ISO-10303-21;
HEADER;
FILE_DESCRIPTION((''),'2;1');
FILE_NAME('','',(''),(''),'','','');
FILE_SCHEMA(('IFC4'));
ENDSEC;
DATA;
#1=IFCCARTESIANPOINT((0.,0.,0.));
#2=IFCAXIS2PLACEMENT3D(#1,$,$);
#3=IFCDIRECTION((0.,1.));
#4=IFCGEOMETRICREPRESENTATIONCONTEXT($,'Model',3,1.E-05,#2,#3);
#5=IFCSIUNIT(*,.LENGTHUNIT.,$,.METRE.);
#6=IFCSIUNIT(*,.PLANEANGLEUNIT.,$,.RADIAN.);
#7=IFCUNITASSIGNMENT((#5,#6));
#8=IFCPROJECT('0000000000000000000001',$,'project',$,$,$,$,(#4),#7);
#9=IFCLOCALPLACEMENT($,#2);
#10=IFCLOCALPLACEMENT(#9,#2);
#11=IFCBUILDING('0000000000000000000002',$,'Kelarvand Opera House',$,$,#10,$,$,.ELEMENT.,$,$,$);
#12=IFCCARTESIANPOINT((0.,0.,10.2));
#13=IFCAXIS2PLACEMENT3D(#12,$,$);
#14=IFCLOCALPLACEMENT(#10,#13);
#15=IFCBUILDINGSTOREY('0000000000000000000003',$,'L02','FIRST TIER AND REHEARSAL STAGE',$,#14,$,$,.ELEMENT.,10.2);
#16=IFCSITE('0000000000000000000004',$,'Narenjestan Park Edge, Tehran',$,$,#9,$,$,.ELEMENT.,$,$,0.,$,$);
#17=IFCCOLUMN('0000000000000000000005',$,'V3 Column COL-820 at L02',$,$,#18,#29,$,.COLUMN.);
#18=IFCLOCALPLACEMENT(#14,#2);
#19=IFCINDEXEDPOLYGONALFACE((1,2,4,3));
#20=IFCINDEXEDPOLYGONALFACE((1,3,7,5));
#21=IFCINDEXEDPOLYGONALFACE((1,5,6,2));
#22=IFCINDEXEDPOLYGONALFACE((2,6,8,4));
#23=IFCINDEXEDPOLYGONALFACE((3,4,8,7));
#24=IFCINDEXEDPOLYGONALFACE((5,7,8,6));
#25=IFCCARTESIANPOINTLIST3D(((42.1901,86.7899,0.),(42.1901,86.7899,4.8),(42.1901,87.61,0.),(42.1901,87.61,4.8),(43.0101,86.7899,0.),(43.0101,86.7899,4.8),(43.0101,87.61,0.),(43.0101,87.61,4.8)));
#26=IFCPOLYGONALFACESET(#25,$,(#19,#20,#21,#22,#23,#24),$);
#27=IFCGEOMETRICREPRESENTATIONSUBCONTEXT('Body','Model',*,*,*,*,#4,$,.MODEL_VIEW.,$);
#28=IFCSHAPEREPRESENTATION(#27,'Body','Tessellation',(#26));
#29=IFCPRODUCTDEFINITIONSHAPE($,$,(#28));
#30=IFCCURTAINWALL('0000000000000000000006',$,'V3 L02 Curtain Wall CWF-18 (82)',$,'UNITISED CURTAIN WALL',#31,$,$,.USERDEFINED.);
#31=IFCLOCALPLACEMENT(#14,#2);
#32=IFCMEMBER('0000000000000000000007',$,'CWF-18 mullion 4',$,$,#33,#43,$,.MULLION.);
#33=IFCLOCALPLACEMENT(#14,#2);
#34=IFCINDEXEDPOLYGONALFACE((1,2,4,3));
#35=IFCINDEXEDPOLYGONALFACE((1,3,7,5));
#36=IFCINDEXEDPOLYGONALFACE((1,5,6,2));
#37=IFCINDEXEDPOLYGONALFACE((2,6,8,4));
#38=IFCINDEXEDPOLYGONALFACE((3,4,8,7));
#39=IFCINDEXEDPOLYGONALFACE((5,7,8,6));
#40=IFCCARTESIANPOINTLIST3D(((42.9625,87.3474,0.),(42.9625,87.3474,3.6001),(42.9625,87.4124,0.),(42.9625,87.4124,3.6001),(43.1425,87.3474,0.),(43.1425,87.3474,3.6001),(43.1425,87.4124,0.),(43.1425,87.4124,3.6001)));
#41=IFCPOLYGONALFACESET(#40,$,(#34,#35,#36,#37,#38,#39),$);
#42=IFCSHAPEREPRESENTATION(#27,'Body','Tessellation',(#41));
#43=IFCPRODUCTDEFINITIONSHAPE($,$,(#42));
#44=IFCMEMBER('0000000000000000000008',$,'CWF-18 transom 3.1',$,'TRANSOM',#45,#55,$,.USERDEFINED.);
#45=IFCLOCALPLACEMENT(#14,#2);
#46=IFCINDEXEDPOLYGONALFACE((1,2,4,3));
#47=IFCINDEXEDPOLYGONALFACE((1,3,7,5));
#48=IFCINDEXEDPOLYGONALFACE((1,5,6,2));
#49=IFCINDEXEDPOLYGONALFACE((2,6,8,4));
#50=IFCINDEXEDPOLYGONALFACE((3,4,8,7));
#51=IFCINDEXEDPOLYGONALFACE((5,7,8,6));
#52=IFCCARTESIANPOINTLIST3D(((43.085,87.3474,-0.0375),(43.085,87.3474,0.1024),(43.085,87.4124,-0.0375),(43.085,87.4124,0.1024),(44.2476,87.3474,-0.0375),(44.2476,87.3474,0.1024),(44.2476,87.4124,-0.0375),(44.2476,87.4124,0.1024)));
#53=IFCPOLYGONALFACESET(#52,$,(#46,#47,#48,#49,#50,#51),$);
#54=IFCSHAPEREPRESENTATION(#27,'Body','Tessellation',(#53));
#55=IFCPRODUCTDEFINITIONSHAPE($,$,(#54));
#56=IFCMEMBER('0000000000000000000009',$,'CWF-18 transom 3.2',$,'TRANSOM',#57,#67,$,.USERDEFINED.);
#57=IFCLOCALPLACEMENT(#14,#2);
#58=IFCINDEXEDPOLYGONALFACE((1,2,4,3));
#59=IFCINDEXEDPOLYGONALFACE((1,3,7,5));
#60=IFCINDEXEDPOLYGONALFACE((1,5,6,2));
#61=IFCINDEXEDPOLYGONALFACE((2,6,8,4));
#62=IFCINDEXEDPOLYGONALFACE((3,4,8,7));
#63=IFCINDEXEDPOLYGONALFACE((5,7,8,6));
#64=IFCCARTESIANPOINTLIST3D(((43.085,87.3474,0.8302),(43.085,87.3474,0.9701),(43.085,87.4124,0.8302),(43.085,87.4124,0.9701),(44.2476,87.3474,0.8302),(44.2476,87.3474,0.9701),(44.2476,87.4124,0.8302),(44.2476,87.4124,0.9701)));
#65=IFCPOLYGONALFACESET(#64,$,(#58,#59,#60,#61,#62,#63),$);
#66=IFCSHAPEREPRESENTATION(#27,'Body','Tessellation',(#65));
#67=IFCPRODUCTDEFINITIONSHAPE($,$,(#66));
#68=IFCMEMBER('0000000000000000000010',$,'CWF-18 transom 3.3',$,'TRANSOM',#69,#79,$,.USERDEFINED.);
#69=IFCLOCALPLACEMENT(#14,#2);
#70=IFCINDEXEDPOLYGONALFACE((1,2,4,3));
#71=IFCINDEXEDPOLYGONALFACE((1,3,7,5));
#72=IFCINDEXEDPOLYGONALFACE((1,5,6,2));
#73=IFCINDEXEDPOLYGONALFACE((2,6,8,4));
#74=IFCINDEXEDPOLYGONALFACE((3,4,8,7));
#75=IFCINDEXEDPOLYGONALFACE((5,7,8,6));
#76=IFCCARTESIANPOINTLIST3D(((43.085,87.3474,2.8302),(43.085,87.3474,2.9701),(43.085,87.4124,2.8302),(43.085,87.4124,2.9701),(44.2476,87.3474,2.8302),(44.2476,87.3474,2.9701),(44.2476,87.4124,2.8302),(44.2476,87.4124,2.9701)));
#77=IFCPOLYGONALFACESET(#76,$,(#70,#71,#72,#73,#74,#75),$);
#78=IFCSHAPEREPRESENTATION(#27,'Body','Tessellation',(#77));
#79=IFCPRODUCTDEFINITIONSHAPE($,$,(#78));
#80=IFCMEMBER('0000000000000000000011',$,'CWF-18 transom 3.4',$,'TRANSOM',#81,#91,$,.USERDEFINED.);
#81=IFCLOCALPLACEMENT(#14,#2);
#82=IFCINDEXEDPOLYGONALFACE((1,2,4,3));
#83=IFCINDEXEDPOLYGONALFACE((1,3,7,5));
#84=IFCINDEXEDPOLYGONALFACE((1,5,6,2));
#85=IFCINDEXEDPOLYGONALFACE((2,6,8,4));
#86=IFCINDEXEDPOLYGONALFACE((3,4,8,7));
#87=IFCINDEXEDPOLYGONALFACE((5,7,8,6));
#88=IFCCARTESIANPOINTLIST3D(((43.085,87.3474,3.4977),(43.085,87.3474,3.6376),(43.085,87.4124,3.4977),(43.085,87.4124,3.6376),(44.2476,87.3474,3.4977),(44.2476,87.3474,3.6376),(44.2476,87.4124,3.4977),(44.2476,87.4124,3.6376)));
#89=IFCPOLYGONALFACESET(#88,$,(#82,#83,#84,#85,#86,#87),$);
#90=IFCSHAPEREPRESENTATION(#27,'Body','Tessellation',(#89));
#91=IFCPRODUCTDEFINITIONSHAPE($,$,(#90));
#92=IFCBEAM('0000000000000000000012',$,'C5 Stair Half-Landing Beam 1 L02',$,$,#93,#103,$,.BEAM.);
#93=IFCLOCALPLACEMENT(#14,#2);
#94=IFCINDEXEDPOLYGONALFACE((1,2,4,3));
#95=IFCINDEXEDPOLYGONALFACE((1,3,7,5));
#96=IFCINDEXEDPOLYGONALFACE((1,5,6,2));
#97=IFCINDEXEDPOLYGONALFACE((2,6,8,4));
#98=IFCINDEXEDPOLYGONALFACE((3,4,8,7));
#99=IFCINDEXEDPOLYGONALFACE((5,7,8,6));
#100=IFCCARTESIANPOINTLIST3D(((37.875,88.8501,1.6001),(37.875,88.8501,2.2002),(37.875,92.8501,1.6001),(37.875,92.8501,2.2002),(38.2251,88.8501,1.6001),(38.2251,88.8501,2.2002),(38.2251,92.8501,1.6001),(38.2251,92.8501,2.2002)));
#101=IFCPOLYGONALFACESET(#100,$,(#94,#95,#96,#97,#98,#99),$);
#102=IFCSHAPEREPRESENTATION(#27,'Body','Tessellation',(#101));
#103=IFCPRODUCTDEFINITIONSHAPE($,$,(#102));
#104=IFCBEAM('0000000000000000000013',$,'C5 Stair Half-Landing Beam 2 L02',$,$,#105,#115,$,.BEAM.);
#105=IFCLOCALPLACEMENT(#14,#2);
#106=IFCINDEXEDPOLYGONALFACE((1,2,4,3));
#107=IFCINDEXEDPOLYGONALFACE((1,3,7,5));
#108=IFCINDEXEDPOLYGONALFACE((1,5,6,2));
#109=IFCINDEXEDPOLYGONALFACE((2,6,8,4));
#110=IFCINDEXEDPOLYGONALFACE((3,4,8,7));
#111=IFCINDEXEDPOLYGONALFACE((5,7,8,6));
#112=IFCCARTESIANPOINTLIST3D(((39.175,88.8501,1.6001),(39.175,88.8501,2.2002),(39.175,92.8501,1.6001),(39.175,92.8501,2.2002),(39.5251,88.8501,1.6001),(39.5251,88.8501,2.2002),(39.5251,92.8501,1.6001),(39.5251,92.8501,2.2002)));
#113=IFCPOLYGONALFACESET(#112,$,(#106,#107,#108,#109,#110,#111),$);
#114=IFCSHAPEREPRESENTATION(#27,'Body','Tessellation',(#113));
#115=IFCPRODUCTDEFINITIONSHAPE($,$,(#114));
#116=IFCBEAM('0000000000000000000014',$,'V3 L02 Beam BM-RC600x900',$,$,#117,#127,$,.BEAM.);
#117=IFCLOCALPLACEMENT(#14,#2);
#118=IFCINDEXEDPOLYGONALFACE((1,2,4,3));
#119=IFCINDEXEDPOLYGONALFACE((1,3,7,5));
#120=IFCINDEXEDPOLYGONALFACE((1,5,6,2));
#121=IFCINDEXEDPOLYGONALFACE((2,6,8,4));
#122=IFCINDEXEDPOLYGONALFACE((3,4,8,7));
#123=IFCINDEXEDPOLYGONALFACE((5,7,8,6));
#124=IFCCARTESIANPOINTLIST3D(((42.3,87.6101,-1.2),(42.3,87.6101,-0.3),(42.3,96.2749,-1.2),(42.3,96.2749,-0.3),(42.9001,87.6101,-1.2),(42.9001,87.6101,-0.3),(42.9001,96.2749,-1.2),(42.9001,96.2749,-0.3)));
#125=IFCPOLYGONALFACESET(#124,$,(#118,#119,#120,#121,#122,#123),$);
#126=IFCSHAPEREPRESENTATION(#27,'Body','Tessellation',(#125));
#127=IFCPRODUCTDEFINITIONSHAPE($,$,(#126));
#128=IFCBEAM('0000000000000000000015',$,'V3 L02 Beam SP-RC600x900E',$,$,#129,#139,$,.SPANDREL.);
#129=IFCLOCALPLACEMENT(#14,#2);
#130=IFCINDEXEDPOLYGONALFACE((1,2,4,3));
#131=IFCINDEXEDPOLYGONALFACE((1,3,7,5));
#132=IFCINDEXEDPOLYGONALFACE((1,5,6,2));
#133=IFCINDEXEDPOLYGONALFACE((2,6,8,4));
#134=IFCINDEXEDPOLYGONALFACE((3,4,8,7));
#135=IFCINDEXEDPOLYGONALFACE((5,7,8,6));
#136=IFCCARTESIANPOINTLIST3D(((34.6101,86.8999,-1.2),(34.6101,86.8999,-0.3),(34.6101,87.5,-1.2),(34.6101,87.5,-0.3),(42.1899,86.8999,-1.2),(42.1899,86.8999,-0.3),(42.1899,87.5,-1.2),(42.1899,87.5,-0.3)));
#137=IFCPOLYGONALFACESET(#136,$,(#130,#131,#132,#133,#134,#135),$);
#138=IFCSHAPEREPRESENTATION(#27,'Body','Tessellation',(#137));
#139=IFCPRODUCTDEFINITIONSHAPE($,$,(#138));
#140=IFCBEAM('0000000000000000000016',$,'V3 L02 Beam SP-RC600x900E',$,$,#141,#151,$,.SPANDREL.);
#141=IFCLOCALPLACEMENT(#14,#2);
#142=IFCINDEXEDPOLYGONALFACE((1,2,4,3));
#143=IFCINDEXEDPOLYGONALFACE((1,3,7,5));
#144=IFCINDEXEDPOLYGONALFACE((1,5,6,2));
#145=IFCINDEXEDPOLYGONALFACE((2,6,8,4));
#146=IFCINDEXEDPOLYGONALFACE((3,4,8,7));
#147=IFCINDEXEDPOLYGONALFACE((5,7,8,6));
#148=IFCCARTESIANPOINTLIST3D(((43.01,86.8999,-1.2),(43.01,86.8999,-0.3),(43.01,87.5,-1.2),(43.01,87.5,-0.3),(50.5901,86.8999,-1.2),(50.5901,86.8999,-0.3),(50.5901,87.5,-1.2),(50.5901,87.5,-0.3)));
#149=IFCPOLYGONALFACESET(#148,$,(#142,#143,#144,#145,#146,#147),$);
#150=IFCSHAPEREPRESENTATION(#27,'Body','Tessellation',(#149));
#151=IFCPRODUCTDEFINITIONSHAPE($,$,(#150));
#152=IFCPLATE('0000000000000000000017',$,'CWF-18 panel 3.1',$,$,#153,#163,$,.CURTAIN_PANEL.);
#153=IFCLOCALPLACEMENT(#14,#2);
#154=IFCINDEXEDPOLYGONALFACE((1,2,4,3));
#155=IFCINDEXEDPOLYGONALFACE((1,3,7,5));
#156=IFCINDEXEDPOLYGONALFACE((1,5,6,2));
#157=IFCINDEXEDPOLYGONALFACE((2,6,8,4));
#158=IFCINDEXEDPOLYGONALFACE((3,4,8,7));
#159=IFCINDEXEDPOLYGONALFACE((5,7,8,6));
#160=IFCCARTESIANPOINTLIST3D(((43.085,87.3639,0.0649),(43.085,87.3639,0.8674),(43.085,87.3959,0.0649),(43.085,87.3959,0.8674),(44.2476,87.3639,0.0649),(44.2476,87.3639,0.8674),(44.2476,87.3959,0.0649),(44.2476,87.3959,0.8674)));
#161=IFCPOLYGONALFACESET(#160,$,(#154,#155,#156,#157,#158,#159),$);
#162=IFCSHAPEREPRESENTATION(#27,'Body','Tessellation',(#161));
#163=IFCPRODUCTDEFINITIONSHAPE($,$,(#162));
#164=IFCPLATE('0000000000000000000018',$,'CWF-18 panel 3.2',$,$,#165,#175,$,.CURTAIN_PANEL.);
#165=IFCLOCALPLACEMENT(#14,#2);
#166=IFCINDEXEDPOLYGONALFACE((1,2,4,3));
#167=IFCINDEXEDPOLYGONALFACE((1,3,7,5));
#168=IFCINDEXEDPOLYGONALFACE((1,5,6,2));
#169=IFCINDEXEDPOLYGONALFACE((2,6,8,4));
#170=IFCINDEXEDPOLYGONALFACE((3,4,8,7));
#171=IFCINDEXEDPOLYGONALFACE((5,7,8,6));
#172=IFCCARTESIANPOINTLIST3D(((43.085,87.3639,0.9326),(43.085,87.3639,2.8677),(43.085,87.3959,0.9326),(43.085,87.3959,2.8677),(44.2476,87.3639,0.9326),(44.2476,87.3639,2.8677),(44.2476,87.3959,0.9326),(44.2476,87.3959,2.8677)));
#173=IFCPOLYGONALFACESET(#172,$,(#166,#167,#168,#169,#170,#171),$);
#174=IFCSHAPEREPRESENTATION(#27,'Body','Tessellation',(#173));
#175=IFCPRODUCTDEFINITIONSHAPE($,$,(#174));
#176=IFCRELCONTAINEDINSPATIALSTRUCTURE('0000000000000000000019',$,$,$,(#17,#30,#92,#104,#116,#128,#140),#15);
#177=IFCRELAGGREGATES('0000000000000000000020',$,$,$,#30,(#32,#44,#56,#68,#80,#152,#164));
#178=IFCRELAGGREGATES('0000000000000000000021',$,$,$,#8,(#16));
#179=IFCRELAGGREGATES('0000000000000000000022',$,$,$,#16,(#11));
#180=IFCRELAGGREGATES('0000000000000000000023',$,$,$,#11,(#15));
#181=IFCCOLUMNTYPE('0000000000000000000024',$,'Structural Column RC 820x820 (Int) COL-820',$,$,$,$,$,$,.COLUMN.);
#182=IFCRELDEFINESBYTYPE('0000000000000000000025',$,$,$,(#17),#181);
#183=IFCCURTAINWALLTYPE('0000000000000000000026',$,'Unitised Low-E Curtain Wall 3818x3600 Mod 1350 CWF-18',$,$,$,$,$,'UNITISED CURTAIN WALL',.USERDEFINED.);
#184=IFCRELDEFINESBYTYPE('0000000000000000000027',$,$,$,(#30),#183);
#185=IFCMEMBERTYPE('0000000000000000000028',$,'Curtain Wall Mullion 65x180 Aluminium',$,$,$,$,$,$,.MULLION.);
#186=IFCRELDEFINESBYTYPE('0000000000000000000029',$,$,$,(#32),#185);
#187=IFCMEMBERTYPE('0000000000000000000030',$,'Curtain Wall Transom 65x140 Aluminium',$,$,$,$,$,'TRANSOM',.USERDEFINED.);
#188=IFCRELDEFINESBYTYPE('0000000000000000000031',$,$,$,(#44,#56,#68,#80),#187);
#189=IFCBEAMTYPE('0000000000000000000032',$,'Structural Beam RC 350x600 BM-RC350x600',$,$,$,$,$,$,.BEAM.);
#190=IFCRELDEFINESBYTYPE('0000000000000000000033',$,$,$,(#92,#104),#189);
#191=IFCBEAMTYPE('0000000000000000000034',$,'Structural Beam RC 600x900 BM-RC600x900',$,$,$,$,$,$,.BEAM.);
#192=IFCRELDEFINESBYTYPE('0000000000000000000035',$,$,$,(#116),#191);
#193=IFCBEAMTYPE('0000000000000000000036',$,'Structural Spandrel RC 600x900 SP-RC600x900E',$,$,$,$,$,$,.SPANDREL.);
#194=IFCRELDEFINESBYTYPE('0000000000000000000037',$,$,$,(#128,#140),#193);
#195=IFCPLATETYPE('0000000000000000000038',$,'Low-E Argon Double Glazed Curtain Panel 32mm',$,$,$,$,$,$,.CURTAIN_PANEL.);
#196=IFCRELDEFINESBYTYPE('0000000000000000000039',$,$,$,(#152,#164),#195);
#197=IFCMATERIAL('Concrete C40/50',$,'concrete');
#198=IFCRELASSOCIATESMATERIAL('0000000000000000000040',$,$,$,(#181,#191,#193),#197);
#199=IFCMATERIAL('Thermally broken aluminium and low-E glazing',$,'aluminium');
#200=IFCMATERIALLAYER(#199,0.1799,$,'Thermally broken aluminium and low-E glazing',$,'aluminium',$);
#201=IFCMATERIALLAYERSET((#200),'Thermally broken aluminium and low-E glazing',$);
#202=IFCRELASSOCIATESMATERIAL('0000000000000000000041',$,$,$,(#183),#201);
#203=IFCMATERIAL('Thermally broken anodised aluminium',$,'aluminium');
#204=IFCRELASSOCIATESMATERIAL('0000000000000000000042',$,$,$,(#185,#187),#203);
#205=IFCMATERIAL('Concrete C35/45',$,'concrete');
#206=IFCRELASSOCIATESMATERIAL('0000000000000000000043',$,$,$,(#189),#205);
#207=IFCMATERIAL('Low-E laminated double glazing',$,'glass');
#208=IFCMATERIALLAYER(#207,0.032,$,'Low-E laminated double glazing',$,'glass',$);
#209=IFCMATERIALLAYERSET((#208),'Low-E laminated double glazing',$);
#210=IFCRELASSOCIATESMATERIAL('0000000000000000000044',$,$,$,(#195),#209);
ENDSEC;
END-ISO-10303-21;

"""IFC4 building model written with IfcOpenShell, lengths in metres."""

from ifc_helpers import new_model, si_unit, direction, frame, origin, origin_2d, place, context, subcontext, project, spatial, rectangle, extrude, material, layer, layer_set, material_profile, profile_set, type_object, element, aggregate, save


model = new_model("IFC4")

# Units and contexts
model_context = context("Model", 3, precision=1e-05, world=origin(), true_north=direction((0.0, 1.0)))
body_context = subcontext(model_context, "Body", "Model", "MODEL_VIEW")
ifc_project = project(units=[si_unit("LENGTHUNIT", "METRE"), si_unit("PLANEANGLEUNIT", "RADIAN")], contexts=[model_context])

# Site, building, storey
site_placement = place(None, origin())
site = spatial("IfcSite", under=ifc_project, at=site_placement, Name="Narenjestan Park Edge, Tehran", CompositionType="ELEMENT", RefElevation=0.0)
building_placement = place(site_placement, origin())
building = spatial("IfcBuilding", under=site, at=building_placement, Name="Kelarvand Opera House", CompositionType="ELEMENT")
storey_placement = place(building_placement, frame((0.0, 0.0, 10.2)))
storey = spatial("IfcBuildingStorey", under=building, at=storey_placement, Name="L02", Description="FIRST TIER AND REHEARSAL STAGE", CompositionType="ELEMENT", Elevation=10.2)

# Column
ifc_material_1 = material(Name="Concrete C40/50", Category="concrete")
ifc_material_profile_1 = material_profile(ifc_material_1, rectangle(XDim=0.8201, YDim=0.8201, at=origin_2d()), Name="RC 820x820", Category="concrete")
ifc_profile_set_1 = profile_set([ifc_material_profile_1], Name="Concrete C40/50")
column_type = type_object("IfcColumnType", Name="Structural Column RC 820x820 (Int) COL-820", PredefinedType="COLUMN", material=ifc_profile_set_1)
column_placement = place(storey_placement, frame((42.6001, 87.2, 0.0), z_axis=(0.0, 0.0, 1.0), x_axis=(1.0, 0.0, 0.0)))
element("IfcColumn", 1, at=column_placement, inside=storey, type_object=column_type, Name="V3 Column COL-820 at L02", PredefinedType="COLUMN", context=body_context, shape_type="SweptSolid", body=[
    extrude(rectangle(XDim=0.8201, YDim=0.8201, at=origin_2d()), origin(), (0.0, 0.0, 1.0), 4.8),
])

# Curtain wall, members
ifc_material_2 = material(Name="Thermally broken aluminium and low-E glazing", Category="aluminium")
ifc_layer_1 = layer(ifc_material_2, 0.1799, Name="Thermally broken aluminium and low-E glazing", Category="aluminium")
ifc_layer_set_1 = layer_set([ifc_layer_1], Name="Thermally broken aluminium and low-E glazing")
curtain_wall_type = type_object("IfcCurtainWallType", Name="Unitised Low-E Curtain Wall 3818x3600 Mod 1350 CWF-18", ElementType="UNITISED CURTAIN WALL", PredefinedType="USERDEFINED", material=ifc_layer_set_1)
curtain_wall_placement = place(storey_placement, origin())
curtain_wall = element("IfcCurtainWall", 2, at=curtain_wall_placement, inside=storey, type_object=curtain_wall_type, Name="V3 L02 Curtain Wall CWF-18 (82)", ObjectType="UNITISED CURTAIN WALL", PredefinedType="USERDEFINED")
ifc_material_3 = material(Name="Thermally broken anodised aluminium", Category="aluminium")
ifc_material_profile_2 = material_profile(ifc_material_3, rectangle(XDim=0.0649, YDim=0.1799, at=origin_2d()), Name="ALU MULLION 65x180", Category="aluminium")
ifc_profile_set_2 = profile_set([ifc_material_profile_2], Name="Thermally broken anodised aluminium")
member_type_1 = type_object("IfcMemberType", Name="Curtain Wall Mullion 65x180 Aluminium", PredefinedType="MULLION", material=ifc_profile_set_2)
member_1_placement = place(storey_placement, frame((43.0525, 87.3799, 0.0), z_axis=(0.0, 0.0, 1.0), x_axis=(0.0, -1.0, 0.0)))
member_1 = element("IfcMember", 3, at=member_1_placement, type_object=member_type_1, Name="CWF-18 mullion 4", PredefinedType="MULLION", context=body_context, shape_type="SweptSolid", body=[
    extrude(rectangle(XDim=0.0649, YDim=0.1799, at=origin_2d()), origin(), (0.0, 0.0, 1.0), 3.6001),
])
ifc_material_profile_3 = material_profile(ifc_material_3, rectangle(XDim=0.0649, YDim=0.1399, at=origin_2d()), Name="ALU TRANSOM 65x140", Category="aluminium")
ifc_profile_set_3 = profile_set([ifc_material_profile_3], Name="Thermally broken anodised aluminium")
member_type_2 = type_object("IfcMemberType", Name="Curtain Wall Transom 65x140 Aluminium", ElementType="TRANSOM", PredefinedType="USERDEFINED", material=ifc_profile_set_3)
member_2_placement = place(storey_placement, frame((44.2476, 87.3799, 0.0325), z_axis=(-1.0, 0.0, 0.0), x_axis=(0.0, -1.0, 0.0)))
member_2 = element("IfcMember", 4, at=member_2_placement, type_object=member_type_2, Name="CWF-18 transom 3.1", ObjectType="TRANSOM", PredefinedType="USERDEFINED", context=body_context, shape_type="SweptSolid", body=[
    extrude(rectangle(XDim=0.0649, YDim=0.1399, at=origin_2d()), origin(), (0.0, 0.0, 1.0), 1.1626),
])
member_3_placement = place(storey_placement, frame((44.2476, 87.3799, 0.9001), z_axis=(-1.0, 0.0, 0.0), x_axis=(0.0, -1.0, 0.0)))
member_3 = element("IfcMember", 5, at=member_3_placement, type_object=member_type_2, Name="CWF-18 transom 3.2", ObjectType="TRANSOM", PredefinedType="USERDEFINED", context=body_context, shape_type="SweptSolid", body=[
    extrude(rectangle(XDim=0.0649, YDim=0.1399, at=origin_2d()), origin(), (0.0, 0.0, 1.0), 1.1626),
])
member_4_placement = place(storey_placement, frame((44.2476, 87.3799, 2.9001), z_axis=(-1.0, 0.0, 0.0), x_axis=(0.0, -1.0, 0.0)))
member_4 = element("IfcMember", 6, at=member_4_placement, type_object=member_type_2, Name="CWF-18 transom 3.3", ObjectType="TRANSOM", PredefinedType="USERDEFINED", context=body_context, shape_type="SweptSolid", body=[
    extrude(rectangle(XDim=0.0649, YDim=0.1399, at=origin_2d()), origin(), (0.0, 0.0, 1.0), 1.1626),
])
member_5_placement = place(storey_placement, frame((44.2476, 87.3799, 3.5676), z_axis=(-1.0, 0.0, 0.0), x_axis=(0.0, -1.0, 0.0)))
member_5 = element("IfcMember", 7, at=member_5_placement, type_object=member_type_2, Name="CWF-18 transom 3.4", ObjectType="TRANSOM", PredefinedType="USERDEFINED", context=body_context, shape_type="SweptSolid", body=[
    extrude(rectangle(XDim=0.0649, YDim=0.1399, at=origin_2d()), origin(), (0.0, 0.0, 1.0), 1.1626),
])

# Beams
ifc_material_4 = material(Name="Concrete C35/45", Category="concrete")
ifc_material_profile_4 = material_profile(ifc_material_4, rectangle(XDim=0.3501, YDim=0.6001, at=origin_2d()), Name="RC 350x600", Category="concrete")
ifc_profile_set_4 = profile_set([ifc_material_profile_4], Name="Concrete C35/45")
beam_type_1 = type_object("IfcBeamType", Name="Structural Beam RC 350x600 BM-RC350x600", PredefinedType="BEAM", material=ifc_profile_set_4)
for number, where, z_axis, x_axis, name in (
    (8, (38.05, 88.8501, 1.9001), (0.0, 1.0, 0.0), (-1.0, 0.0, 0.0), "C5 Stair Half-Landing Beam 1 L02"),
    (9, (39.3501, 88.8501, 1.9001), (0.0, 1.0, 0.0), (-1.0, 0.0, 0.0), "C5 Stair Half-Landing Beam 2 L02"),
):
    element("IfcBeam", number, at=place(storey_placement, frame(where, z_axis=z_axis, x_axis=x_axis)), inside=storey, type_object=beam_type_1, Name=name, PredefinedType="BEAM", context=body_context, shape_type="SweptSolid", body=[
        extrude(rectangle(XDim=0.3501, YDim=0.6001, at=origin_2d()), origin(), (0.0, 0.0, 1.0), 4.0),
    ])
ifc_material_profile_5 = material_profile(ifc_material_1, rectangle(XDim=0.6001, YDim=0.8999, at=origin_2d()), Name="RC 600x900", Category="concrete")
ifc_profile_set_5 = profile_set([ifc_material_profile_5], Name="Concrete C40/50")
beam_type_2 = type_object("IfcBeamType", Name="Structural Beam RC 600x900 BM-RC600x900", PredefinedType="BEAM", material=ifc_profile_set_5)
beam_1_placement = place(storey_placement, frame((42.6001, 87.6101, -0.75), z_axis=(0.0, 1.0, 0.0), x_axis=(-1.0, 0.0, 0.0)))
element("IfcBeam", 10, at=beam_1_placement, inside=storey, type_object=beam_type_2, Name="V3 L02 Beam BM-RC600x900", PredefinedType="BEAM", context=body_context, shape_type="SweptSolid", body=[
    extrude(rectangle(XDim=0.6001, YDim=0.8999, at=origin_2d()), origin(), (0.0, 0.0, 1.0), 8.6648),
])
ifc_material_profile_6 = material_profile(ifc_material_1, rectangle(XDim=0.6001, YDim=0.8999, at=origin_2d()), Name="RC 600x900", Category="concrete")
ifc_profile_set_6 = profile_set([ifc_material_profile_6], Name="Concrete C40/50")
beam_type_3 = type_object("IfcBeamType", Name="Structural Spandrel RC 600x900 SP-RC600x900E", PredefinedType="SPANDREL", material=ifc_profile_set_6)
beam_2_placement = place(storey_placement, frame((34.6101, 87.2, -0.75), z_axis=(1.0, 0.0, 0.0), x_axis=(0.0, 1.0, 0.0)))
element("IfcBeam", 11, at=beam_2_placement, inside=storey, type_object=beam_type_3, Name="V3 L02 Beam SP-RC600x900E", PredefinedType="SPANDREL", context=body_context, shape_type="SweptSolid", body=[
    extrude(rectangle(XDim=0.6001, YDim=0.8999, at=origin_2d()), origin(), (0.0, 0.0, 1.0), 7.5798),
])
beam_3_placement = place(storey_placement, frame((43.01, 87.2, -0.75), z_axis=(1.0, 0.0, 0.0), x_axis=(0.0, 1.0, 0.0)))
element("IfcBeam", 12, at=beam_3_placement, inside=storey, type_object=beam_type_3, Name="V3 L02 Beam SP-RC600x900E", PredefinedType="SPANDREL", context=body_context, shape_type="SweptSolid", body=[
    extrude(rectangle(XDim=0.6001, YDim=0.8999, at=origin_2d()), origin(), (0.0, 0.0, 1.0), 7.5801),
])

# Plates
ifc_material_5 = material(Name="Low-E laminated double glazing", Category="glass")
ifc_layer_2 = layer(ifc_material_5, 0.032, Name="Low-E laminated double glazing", Category="glass")
ifc_layer_set_2 = layer_set([ifc_layer_2], Name="Low-E laminated double glazing")
plate_type = type_object("IfcPlateType", Name="Low-E Argon Double Glazed Curtain Panel 32mm", PredefinedType="CURTAIN_PANEL", material=ifc_layer_set_2)
plate_1_placement = place(storey_placement, frame((43.6663, 87.3799, 0.0649), z_axis=(0.0, 0.0, 1.0), x_axis=(-1.0, 0.0, 0.0)))
plate_1 = element("IfcPlate", 13, at=plate_1_placement, type_object=plate_type, Name="CWF-18 panel 3.1", PredefinedType="CURTAIN_PANEL", context=body_context, shape_type="SweptSolid", body=[
    extrude(rectangle(XDim=1.1626, YDim=0.032, at=origin_2d()), origin(), (0.0, 0.0, 1.0), 0.8025),
])
plate_2_placement = place(storey_placement, frame((43.6663, 87.3799, 0.9326), z_axis=(0.0, 0.0, 1.0), x_axis=(-1.0, 0.0, 0.0)))
plate_2 = element("IfcPlate", 14, at=plate_2_placement, type_object=plate_type, Name="CWF-18 panel 3.2", PredefinedType="CURTAIN_PANEL", context=body_context, shape_type="SweptSolid", body=[
    extrude(rectangle(XDim=1.1626, YDim=0.032, at=origin_2d()), origin(), (0.0, 0.0, 1.0), 1.9351),
])
aggregate(curtain_wall, [member_1, member_2, member_3, member_4, member_5, plate_1, plate_2])

save(model, "model.ifc")
